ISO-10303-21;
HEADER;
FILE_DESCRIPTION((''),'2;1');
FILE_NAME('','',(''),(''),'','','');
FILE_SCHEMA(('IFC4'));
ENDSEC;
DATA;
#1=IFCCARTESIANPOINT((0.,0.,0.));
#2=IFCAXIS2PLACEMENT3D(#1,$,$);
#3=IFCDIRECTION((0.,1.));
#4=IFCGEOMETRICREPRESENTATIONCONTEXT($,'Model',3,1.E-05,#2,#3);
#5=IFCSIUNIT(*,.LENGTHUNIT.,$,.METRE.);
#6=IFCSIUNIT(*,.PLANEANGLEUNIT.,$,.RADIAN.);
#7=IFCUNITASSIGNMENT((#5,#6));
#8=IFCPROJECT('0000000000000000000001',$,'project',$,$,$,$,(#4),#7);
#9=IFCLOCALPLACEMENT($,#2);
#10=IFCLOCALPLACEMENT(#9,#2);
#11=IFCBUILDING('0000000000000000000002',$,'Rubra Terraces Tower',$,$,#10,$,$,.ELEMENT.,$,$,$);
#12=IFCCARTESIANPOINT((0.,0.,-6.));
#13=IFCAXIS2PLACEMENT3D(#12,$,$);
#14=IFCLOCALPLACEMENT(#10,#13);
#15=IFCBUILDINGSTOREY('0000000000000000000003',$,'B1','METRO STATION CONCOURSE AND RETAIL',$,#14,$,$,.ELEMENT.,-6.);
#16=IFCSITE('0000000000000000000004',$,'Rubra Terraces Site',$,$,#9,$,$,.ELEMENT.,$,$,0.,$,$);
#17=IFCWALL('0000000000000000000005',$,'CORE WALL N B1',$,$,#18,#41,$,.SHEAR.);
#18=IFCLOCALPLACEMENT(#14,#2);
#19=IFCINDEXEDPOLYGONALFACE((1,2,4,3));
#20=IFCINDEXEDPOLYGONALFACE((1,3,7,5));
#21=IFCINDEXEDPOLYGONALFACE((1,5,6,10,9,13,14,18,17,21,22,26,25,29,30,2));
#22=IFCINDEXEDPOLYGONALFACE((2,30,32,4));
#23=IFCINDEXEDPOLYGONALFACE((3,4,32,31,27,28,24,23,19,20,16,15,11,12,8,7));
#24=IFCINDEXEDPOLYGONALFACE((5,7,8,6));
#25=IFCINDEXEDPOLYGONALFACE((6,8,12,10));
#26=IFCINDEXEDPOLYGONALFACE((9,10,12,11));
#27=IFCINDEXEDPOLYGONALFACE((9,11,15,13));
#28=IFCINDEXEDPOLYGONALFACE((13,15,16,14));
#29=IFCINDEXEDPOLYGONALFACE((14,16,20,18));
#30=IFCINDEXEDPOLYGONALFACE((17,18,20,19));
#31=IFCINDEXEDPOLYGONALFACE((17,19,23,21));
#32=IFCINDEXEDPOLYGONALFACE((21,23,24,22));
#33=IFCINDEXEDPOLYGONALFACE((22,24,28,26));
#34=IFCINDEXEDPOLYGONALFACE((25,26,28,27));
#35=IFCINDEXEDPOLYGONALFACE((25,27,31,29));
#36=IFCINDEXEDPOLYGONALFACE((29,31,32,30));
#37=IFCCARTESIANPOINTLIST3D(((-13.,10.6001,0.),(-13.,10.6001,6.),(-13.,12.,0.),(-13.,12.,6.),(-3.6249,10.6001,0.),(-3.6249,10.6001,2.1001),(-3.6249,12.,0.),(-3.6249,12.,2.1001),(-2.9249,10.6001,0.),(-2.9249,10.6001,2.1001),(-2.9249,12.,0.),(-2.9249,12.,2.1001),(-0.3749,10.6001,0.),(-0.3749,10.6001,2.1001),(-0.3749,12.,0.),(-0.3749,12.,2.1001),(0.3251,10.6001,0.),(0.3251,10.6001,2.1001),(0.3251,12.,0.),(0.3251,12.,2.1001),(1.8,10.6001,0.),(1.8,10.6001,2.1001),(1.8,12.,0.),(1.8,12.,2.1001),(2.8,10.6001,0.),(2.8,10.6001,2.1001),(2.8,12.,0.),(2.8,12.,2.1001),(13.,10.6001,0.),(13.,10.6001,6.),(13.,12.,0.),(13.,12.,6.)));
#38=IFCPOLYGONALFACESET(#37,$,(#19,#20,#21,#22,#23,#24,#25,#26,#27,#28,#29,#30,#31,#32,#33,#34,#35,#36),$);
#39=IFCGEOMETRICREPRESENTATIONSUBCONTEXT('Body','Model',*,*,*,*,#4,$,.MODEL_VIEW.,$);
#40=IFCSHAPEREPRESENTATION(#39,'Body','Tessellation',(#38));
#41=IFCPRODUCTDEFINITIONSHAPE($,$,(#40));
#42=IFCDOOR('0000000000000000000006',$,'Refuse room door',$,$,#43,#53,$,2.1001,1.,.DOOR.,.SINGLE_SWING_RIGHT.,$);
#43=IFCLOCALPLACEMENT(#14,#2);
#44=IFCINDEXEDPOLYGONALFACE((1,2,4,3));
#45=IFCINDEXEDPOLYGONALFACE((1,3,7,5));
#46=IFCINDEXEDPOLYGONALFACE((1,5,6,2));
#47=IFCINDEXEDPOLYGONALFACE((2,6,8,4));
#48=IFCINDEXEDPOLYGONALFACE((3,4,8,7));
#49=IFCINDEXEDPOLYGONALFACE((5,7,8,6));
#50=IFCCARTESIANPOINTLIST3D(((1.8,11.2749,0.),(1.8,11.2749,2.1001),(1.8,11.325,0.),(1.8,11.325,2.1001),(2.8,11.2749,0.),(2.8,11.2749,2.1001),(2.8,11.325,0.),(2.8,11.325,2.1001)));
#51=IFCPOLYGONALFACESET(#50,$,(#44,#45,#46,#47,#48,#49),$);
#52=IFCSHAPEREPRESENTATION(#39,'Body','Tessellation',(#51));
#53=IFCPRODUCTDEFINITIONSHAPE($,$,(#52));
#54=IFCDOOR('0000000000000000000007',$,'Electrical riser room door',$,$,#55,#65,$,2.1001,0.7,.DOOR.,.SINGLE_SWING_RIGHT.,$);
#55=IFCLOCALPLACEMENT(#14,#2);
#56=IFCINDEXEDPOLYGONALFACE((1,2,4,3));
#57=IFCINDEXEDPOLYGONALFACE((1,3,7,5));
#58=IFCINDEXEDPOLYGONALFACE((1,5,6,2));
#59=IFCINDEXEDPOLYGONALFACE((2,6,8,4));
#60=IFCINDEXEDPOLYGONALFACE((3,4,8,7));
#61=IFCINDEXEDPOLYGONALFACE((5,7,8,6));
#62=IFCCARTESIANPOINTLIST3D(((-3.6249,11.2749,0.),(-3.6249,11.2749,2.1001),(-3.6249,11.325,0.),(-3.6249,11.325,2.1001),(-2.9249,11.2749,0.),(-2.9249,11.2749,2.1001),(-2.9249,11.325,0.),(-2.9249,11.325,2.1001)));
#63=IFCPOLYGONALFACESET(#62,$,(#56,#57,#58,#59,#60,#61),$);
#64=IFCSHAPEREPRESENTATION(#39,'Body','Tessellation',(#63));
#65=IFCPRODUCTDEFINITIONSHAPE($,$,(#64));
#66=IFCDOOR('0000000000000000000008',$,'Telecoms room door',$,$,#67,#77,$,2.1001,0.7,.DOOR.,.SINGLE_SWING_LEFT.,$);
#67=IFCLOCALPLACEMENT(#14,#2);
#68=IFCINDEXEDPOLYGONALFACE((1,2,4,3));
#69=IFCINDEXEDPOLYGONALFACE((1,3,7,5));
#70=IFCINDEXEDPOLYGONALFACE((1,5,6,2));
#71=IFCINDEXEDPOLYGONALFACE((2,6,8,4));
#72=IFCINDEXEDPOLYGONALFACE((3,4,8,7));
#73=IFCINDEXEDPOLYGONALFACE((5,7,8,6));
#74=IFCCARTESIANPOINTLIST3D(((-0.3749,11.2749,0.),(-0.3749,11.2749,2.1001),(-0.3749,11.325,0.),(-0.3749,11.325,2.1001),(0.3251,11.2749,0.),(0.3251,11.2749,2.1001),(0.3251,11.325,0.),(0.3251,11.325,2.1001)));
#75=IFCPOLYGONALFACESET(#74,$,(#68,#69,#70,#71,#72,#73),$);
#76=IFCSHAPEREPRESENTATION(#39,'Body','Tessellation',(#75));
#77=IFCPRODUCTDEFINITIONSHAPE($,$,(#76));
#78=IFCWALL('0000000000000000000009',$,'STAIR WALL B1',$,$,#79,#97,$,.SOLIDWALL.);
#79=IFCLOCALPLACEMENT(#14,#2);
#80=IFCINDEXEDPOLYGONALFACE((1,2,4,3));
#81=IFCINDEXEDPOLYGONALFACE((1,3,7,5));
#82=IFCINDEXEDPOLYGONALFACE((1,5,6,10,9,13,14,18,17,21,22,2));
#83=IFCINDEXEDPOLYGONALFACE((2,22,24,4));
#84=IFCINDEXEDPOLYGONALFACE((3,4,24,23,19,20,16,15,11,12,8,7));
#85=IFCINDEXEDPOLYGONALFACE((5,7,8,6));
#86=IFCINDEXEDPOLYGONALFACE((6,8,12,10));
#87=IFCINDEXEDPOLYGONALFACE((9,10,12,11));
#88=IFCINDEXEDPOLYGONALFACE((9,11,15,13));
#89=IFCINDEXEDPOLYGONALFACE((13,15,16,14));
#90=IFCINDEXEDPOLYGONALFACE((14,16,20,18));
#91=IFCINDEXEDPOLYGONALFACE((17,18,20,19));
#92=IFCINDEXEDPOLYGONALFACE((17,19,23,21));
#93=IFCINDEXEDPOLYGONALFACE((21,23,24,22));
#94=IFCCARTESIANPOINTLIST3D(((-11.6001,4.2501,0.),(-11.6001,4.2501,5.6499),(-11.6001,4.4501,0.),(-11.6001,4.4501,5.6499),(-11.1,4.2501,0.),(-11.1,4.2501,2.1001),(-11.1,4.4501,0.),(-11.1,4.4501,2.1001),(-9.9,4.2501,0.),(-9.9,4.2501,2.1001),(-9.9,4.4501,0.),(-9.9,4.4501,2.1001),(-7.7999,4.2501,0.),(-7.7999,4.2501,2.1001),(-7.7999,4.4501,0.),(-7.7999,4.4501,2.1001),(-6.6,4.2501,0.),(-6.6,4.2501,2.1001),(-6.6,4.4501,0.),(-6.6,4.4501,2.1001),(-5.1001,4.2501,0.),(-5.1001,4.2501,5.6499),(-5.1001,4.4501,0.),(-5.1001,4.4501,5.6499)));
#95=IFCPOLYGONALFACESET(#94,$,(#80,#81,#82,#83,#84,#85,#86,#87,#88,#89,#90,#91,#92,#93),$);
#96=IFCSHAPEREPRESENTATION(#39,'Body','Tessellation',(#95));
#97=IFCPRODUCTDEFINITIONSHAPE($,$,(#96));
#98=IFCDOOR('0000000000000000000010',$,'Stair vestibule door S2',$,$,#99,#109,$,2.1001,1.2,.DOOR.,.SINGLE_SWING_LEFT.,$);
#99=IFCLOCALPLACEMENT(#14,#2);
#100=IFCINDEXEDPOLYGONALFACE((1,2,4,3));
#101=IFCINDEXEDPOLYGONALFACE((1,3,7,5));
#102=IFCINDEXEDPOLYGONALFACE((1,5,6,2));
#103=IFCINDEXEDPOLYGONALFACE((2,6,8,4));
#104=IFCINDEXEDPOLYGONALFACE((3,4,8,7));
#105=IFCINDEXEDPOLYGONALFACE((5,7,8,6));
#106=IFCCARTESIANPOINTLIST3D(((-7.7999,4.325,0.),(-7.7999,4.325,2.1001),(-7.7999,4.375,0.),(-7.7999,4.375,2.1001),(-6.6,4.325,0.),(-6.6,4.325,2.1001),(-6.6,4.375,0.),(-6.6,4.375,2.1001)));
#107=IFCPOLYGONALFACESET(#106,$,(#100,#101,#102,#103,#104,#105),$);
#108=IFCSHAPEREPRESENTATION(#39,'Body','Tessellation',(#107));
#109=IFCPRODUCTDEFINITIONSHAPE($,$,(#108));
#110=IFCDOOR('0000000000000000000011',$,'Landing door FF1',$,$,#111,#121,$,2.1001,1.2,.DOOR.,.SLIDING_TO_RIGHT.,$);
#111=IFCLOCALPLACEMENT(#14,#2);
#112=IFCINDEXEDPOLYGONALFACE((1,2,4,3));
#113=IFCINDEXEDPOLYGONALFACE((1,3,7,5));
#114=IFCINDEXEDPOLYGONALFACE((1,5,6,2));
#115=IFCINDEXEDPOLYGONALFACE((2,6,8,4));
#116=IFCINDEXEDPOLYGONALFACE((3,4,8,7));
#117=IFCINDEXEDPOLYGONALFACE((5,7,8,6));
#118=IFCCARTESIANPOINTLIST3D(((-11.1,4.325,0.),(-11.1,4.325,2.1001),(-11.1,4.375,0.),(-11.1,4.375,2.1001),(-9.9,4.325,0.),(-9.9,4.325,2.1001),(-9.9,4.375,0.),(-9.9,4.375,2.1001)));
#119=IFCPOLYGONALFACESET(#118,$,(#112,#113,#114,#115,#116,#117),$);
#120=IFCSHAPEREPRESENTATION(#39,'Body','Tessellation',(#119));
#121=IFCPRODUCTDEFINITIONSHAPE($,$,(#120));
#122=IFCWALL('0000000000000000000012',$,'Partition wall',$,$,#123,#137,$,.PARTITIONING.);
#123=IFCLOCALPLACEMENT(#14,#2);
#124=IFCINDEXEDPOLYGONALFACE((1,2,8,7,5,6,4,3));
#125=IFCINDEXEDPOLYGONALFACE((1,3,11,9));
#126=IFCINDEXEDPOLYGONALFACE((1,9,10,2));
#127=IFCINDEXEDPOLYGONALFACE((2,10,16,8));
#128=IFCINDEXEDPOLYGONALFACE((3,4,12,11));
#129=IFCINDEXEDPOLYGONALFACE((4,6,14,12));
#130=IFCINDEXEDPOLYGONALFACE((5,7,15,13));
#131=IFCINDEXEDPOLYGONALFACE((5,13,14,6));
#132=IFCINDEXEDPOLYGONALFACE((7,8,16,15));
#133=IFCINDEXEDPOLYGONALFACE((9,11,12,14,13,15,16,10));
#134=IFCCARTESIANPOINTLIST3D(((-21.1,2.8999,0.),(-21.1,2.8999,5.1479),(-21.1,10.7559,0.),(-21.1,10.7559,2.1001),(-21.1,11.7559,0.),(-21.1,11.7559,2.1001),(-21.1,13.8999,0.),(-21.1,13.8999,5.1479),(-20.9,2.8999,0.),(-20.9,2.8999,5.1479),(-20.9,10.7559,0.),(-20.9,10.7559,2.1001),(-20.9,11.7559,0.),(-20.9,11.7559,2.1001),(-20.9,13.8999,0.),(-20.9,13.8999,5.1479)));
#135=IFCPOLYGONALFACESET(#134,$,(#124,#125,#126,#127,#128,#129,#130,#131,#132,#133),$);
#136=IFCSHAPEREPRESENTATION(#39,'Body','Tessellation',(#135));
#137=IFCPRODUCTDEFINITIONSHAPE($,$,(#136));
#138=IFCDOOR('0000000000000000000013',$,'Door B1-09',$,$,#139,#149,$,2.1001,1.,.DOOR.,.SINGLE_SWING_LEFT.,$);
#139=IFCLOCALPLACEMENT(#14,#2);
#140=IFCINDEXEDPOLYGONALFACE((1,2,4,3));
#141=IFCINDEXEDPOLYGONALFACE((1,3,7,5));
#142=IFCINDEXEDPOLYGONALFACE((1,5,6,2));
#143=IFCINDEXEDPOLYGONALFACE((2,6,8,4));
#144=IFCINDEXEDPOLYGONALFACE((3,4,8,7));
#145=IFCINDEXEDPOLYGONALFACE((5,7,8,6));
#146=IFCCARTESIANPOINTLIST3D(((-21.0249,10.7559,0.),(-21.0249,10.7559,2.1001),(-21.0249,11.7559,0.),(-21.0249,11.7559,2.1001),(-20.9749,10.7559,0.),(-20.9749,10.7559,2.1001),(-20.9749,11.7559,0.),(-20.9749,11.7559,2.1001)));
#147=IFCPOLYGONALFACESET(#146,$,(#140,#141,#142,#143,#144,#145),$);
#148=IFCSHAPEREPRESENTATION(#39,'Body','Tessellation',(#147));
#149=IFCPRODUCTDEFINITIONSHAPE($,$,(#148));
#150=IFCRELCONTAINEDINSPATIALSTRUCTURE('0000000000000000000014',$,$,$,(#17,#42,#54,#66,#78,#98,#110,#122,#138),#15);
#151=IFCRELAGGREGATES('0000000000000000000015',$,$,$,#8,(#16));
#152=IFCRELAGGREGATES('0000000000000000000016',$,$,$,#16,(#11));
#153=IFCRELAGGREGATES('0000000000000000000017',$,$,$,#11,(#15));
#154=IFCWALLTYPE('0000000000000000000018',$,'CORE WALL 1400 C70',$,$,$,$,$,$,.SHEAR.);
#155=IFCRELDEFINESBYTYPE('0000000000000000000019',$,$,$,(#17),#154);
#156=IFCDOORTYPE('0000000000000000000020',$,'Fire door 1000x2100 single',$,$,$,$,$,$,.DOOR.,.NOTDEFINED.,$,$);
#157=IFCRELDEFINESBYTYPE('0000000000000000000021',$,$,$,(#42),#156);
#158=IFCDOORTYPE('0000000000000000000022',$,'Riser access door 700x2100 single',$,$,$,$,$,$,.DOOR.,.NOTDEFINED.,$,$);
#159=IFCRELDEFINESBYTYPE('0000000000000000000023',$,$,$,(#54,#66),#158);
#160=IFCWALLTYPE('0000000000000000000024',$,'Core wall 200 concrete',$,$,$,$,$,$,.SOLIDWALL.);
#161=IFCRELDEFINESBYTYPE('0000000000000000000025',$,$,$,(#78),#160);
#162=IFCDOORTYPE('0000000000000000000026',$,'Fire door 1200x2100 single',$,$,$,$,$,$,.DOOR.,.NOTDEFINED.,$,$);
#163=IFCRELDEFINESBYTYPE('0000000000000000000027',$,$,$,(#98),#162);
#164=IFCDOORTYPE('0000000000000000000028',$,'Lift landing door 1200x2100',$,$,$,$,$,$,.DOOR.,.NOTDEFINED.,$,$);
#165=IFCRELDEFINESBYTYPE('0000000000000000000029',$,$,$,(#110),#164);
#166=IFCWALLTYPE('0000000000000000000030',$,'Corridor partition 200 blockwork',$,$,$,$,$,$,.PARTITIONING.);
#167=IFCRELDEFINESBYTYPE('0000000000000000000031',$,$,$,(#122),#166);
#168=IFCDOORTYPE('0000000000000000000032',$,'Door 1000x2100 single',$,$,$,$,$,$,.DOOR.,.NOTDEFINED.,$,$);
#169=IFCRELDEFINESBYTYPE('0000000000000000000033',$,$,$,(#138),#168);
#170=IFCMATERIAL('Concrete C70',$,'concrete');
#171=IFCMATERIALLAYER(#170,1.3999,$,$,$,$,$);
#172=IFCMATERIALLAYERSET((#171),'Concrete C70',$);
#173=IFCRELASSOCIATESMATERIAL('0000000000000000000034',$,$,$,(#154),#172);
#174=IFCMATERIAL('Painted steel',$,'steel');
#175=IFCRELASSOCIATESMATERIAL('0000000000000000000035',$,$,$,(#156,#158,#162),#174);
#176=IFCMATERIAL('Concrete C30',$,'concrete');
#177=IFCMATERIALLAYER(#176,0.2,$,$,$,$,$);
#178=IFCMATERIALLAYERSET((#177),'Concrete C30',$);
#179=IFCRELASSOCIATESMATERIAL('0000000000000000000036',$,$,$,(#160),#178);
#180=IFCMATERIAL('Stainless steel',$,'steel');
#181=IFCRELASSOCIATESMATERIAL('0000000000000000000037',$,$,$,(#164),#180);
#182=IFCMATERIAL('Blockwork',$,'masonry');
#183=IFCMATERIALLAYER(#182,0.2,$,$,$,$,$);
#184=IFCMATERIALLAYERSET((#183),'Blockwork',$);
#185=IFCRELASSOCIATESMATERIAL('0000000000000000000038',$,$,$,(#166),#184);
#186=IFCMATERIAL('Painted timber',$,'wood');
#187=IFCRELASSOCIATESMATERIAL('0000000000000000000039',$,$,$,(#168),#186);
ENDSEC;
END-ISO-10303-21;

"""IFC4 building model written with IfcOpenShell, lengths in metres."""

from ifc_helpers import new_model, si_unit, direction, frame, frame_2d, origin, place, context, subcontext, project, spatial, rectangle, extrude, material, layer, layer_set, type_object, element, fill, save


model = new_model("IFC4")

# Units and contexts
model_context = context("Model", 3, precision=1e-05, world=origin(), true_north=direction((0.0, 1.0)))
body_context = subcontext(model_context, "Body", "Model", "MODEL_VIEW")
ifc_project = project(units=[si_unit("LENGTHUNIT", "METRE"), si_unit("PLANEANGLEUNIT", "RADIAN")], contexts=[model_context])

# Site, building, storey
site_placement = place(None, origin())
site = spatial("IfcSite", under=ifc_project, at=site_placement, Name="Rubra Terraces Site", CompositionType="ELEMENT", RefElevation=0.0)
building_placement = place(site_placement, origin())
building = spatial("IfcBuilding", under=site, at=building_placement, Name="Rubra Terraces Tower", CompositionType="ELEMENT")
storey_placement = place(building_placement, frame((0.0, 0.0, -6.0)))
storey = spatial("IfcBuildingStorey", under=building, at=storey_placement, Name="B1", Description="METRO STATION CONCOURSE AND RETAIL", CompositionType="ELEMENT", Elevation=-6.0)

# Walls, openings, doors
ifc_material_1 = material(Name="Concrete C70", Category="concrete")
ifc_layer_1 = layer(ifc_material_1, 1.3999)
ifc_layer_set_1 = layer_set([ifc_layer_1], Name="Concrete C70")
wall_type_1 = type_object("IfcWallType", Name="CORE WALL 1400 C70", PredefinedType="SHEAR", material=ifc_layer_set_1)
wall_1_placement = place(storey_placement, frame((-13.0, 11.3, 0.0), z_axis=(0.0, 0.0, 1.0), x_axis=(1.0, 0.0, 0.0)))
wall_1 = element("IfcWall", 1, at=wall_1_placement, inside=storey, type_object=wall_type_1, Name="CORE WALL N B1", PredefinedType="SHEAR", context=body_context, shape_type="SweptSolid", body=[
    extrude(rectangle(XDim=26.0, YDim=1.3999, at=frame_2d((13.0, 0.0))), origin(), (0.0, 0.0, 1.0), 6.0),
])
opening_1_placement = place(wall_1_placement, frame((9.375, 0.0, 0.0)))
opening_1 = element("IfcOpeningElement", 2, at=opening_1_placement, cuts=wall_1, PredefinedType="OPENING", context=body_context, shape_type="SweptSolid", body=[
    extrude(rectangle(XDim=0.7, YDim=2.1001, at=frame_2d((0.3501, 1.05))), frame((0.0, 0.71, 0.0), z_axis=(0.0, -1.0, 0.0), x_axis=(1.0, 0.0, 0.0)), (0.0, 0.0, 1.0), 1.4199),
])
opening_2_placement = place(wall_1_placement, frame((12.625, 0.0, 0.0)))
opening_2 = element("IfcOpeningElement", 3, at=opening_2_placement, cuts=wall_1, PredefinedType="OPENING", context=body_context, shape_type="SweptSolid", body=[
    extrude(rectangle(XDim=0.7, YDim=2.1001, at=frame_2d((0.3501, 1.05))), frame((0.0, 0.71, 0.0), z_axis=(0.0, -1.0, 0.0), x_axis=(1.0, 0.0, 0.0)), (0.0, 0.0, 1.0), 1.4199),
])
opening_3_placement = place(wall_1_placement, frame((14.8, 0.0, 0.0)))
opening_3 = element("IfcOpeningElement", 4, at=opening_3_placement, cuts=wall_1, PredefinedType="OPENING", context=body_context, shape_type="SweptSolid", body=[
    extrude(rectangle(XDim=1.0, YDim=2.1001, at=frame_2d((0.5, 1.05))), frame((0.0, 0.71, 0.0), z_axis=(0.0, -1.0, 0.0), x_axis=(1.0, 0.0, 0.0)), (0.0, 0.0, 1.0), 1.4199),
])
ifc_material_2 = material(Name="Painted steel", Category="steel")
door_type_1 = type_object("IfcDoorType", Name="Fire door 1000x2100 single", OperationType="NOTDEFINED", PredefinedType="DOOR", material=ifc_material_2)
door_1_placement = place(opening_3_placement, origin())
door_1 = element("IfcDoor", 5, at=door_1_placement, inside=storey, type_object=door_type_1, Name="Refuse room door", OperationType="SINGLE_SWING_RIGHT", OverallHeight=2.1001, OverallWidth=1.0, PredefinedType="DOOR", context=body_context, shape_type="SweptSolid", body=[
    extrude(rectangle(XDim=1.0, YDim=2.1001, at=frame_2d((0.5, 1.05))), frame((0.0, 0.0249, 0.0), z_axis=(0.0, -1.0, 0.0), x_axis=(1.0, 0.0, 0.0)), (0.0, 0.0, 1.0), 0.05),
])
fill(opening_3, door_1)
door_type_2 = type_object("IfcDoorType", Name="Riser access door 700x2100 single", OperationType="NOTDEFINED", PredefinedType="DOOR", material=ifc_material_2)
door_2_placement = place(opening_1_placement, origin())
door_2 = element("IfcDoor", 6, at=door_2_placement, inside=storey, type_object=door_type_2, Name="Electrical riser room door", OperationType="SINGLE_SWING_RIGHT", OverallHeight=2.1001, OverallWidth=0.7, PredefinedType="DOOR", context=body_context, shape_type="SweptSolid", body=[
    extrude(rectangle(XDim=0.7, YDim=2.1001, at=frame_2d((0.3501, 1.05))), frame((0.0, 0.0249, 0.0), z_axis=(0.0, -1.0, 0.0), x_axis=(1.0, 0.0, 0.0)), (0.0, 0.0, 1.0), 0.05),
])
fill(opening_1, door_2)
door_3_placement = place(opening_2_placement, origin())
door_3 = element("IfcDoor", 7, at=door_3_placement, inside=storey, type_object=door_type_2, Name="Telecoms room door", OperationType="SINGLE_SWING_LEFT", OverallHeight=2.1001, OverallWidth=0.7, PredefinedType="DOOR", context=body_context, shape_type="SweptSolid", body=[
    extrude(rectangle(XDim=0.7, YDim=2.1001, at=frame_2d((0.3501, 1.05))), frame((0.0, 0.0249, 0.0), z_axis=(0.0, -1.0, 0.0), x_axis=(1.0, 0.0, 0.0)), (0.0, 0.0, 1.0), 0.05),
])
fill(opening_2, door_3)
ifc_material_3 = material(Name="Concrete C30", Category="concrete")
ifc_layer_2 = layer(ifc_material_3, 0.2)
ifc_layer_set_2 = layer_set([ifc_layer_2], Name="Concrete C30")
wall_type_2 = type_object("IfcWallType", Name="Core wall 200 concrete", PredefinedType="SOLIDWALL", material=ifc_layer_set_2)
wall_2_placement = place(storey_placement, frame((-11.6001, 4.3501, 0.0), z_axis=(0.0, 0.0, 1.0), x_axis=(1.0, 0.0, 0.0)))
wall_2 = element("IfcWall", 8, at=wall_2_placement, inside=storey, type_object=wall_type_2, Name="STAIR WALL B1", PredefinedType="SOLIDWALL", context=body_context, shape_type="SweptSolid", body=[
    extrude(rectangle(XDim=6.5, YDim=0.2, at=frame_2d((3.25, 0.0))), origin(), (0.0, 0.0, 1.0), 5.6499),
])
opening_4_placement = place(wall_2_placement, frame((3.8, 0.0, 0.0)))
opening_4 = element("IfcOpeningElement", 9, at=opening_4_placement, cuts=wall_2, PredefinedType="OPENING", context=body_context, shape_type="SweptSolid", body=[
    extrude(rectangle(XDim=1.2, YDim=2.1001, at=frame_2d((0.6001, 1.05))), frame((0.0, 0.1099, 0.0), z_axis=(0.0, -1.0, 0.0), x_axis=(1.0, 0.0, 0.0)), (0.0, 0.0, 1.0), 0.22),
])
opening_5_placement = place(wall_2_placement, frame((0.5, 0.0, 0.0)))
opening_5 = element("IfcOpeningElement", 10, at=opening_5_placement, cuts=wall_2, PredefinedType="OPENING", context=body_context, shape_type="SweptSolid", body=[
    extrude(rectangle(XDim=1.2, YDim=2.1001, at=frame_2d((0.6001, 1.05))), frame((0.0, 0.1099, 0.0), z_axis=(0.0, -1.0, 0.0), x_axis=(1.0, 0.0, 0.0)), (0.0, 0.0, 1.0), 0.22),
])
door_type_3 = type_object("IfcDoorType", Name="Fire door 1200x2100 single", OperationType="NOTDEFINED", PredefinedType="DOOR", material=ifc_material_2)
door_4_placement = place(opening_4_placement, origin())
door_4 = element("IfcDoor", 11, at=door_4_placement, inside=storey, type_object=door_type_3, Name="Stair vestibule door S2", OperationType="SINGLE_SWING_LEFT", OverallHeight=2.1001, OverallWidth=1.2, PredefinedType="DOOR", context=body_context, shape_type="SweptSolid", body=[
    extrude(rectangle(XDim=1.2, YDim=2.1001, at=frame_2d((0.6001, 1.05))), frame((0.0, 0.0249, 0.0), z_axis=(0.0, -1.0, 0.0), x_axis=(1.0, 0.0, 0.0)), (0.0, 0.0, 1.0), 0.05),
])
fill(opening_4, door_4)
ifc_material_4 = material(Name="Stainless steel", Category="steel")
door_type_4 = type_object("IfcDoorType", Name="Lift landing door 1200x2100", OperationType="NOTDEFINED", PredefinedType="DOOR", material=ifc_material_4)
door_5_placement = place(opening_5_placement, origin())
door_5 = element("IfcDoor", 12, at=door_5_placement, inside=storey, type_object=door_type_4, Name="Landing door FF1", OperationType="SLIDING_TO_RIGHT", OverallHeight=2.1001, OverallWidth=1.2, PredefinedType="DOOR", context=body_context, shape_type="SweptSolid", body=[
    extrude(rectangle(XDim=1.2, YDim=2.1001, at=frame_2d((0.6001, 1.05))), frame((0.0, 0.0249, 0.0), z_axis=(0.0, -1.0, 0.0), x_axis=(1.0, 0.0, 0.0)), (0.0, 0.0, 1.0), 0.05),
])
fill(opening_5, door_5)

# Wall, opening, door
ifc_material_5 = material(Name="Blockwork", Category="masonry")
ifc_layer_3 = layer(ifc_material_5, 0.2)
ifc_layer_set_3 = layer_set([ifc_layer_3], Name="Blockwork")
wall_type_3 = type_object("IfcWallType", Name="Corridor partition 200 blockwork", PredefinedType="PARTITIONING", material=ifc_layer_set_3)
wall_3_placement = place(storey_placement, frame((-21.0, 2.8999, 0.0), z_axis=(0.0, 0.0, 1.0), x_axis=(0.0, 1.0, 0.0)))
wall_3 = element("IfcWall", 13, at=wall_3_placement, inside=storey, type_object=wall_type_3, Name="Partition wall", PredefinedType="PARTITIONING", context=body_context, shape_type="SweptSolid", body=[
    extrude(rectangle(XDim=11.0, YDim=0.2, at=frame_2d((5.5, 0.0))), origin(), (0.0, 0.0, 1.0), 5.1479),
])
opening_6_placement = place(wall_3_placement, frame((7.856, 0.0, 0.0)))
opening_6 = element("IfcOpeningElement", 14, at=opening_6_placement, cuts=wall_3, PredefinedType="OPENING", context=body_context, shape_type="SweptSolid", body=[
    extrude(rectangle(XDim=1.0, YDim=2.1001, at=frame_2d((0.5, 1.05))), frame((0.0, 0.1099, 0.0), z_axis=(0.0, -1.0, 0.0), x_axis=(1.0, 0.0, 0.0)), (0.0, 0.0, 1.0), 0.22),
])
ifc_material_6 = material(Name="Painted timber", Category="wood")
door_type_5 = type_object("IfcDoorType", Name="Door 1000x2100 single", OperationType="NOTDEFINED", PredefinedType="DOOR", material=ifc_material_6)
door_6_placement = place(opening_6_placement, origin())
door_6 = element("IfcDoor", 15, at=door_6_placement, inside=storey, type_object=door_type_5, Name="Door B1-09", OperationType="SINGLE_SWING_LEFT", OverallHeight=2.1001, OverallWidth=1.0, PredefinedType="DOOR", context=body_context, shape_type="SweptSolid", body=[
    extrude(rectangle(XDim=1.0, YDim=2.1001, at=frame_2d((0.5, 1.05))), frame((0.0, 0.0249, 0.0), z_axis=(0.0, -1.0, 0.0), x_axis=(1.0, 0.0, 0.0)), (0.0, 0.0, 1.0), 0.05),
])
fill(opening_6, door_6)

save(model, "model.ifc")
